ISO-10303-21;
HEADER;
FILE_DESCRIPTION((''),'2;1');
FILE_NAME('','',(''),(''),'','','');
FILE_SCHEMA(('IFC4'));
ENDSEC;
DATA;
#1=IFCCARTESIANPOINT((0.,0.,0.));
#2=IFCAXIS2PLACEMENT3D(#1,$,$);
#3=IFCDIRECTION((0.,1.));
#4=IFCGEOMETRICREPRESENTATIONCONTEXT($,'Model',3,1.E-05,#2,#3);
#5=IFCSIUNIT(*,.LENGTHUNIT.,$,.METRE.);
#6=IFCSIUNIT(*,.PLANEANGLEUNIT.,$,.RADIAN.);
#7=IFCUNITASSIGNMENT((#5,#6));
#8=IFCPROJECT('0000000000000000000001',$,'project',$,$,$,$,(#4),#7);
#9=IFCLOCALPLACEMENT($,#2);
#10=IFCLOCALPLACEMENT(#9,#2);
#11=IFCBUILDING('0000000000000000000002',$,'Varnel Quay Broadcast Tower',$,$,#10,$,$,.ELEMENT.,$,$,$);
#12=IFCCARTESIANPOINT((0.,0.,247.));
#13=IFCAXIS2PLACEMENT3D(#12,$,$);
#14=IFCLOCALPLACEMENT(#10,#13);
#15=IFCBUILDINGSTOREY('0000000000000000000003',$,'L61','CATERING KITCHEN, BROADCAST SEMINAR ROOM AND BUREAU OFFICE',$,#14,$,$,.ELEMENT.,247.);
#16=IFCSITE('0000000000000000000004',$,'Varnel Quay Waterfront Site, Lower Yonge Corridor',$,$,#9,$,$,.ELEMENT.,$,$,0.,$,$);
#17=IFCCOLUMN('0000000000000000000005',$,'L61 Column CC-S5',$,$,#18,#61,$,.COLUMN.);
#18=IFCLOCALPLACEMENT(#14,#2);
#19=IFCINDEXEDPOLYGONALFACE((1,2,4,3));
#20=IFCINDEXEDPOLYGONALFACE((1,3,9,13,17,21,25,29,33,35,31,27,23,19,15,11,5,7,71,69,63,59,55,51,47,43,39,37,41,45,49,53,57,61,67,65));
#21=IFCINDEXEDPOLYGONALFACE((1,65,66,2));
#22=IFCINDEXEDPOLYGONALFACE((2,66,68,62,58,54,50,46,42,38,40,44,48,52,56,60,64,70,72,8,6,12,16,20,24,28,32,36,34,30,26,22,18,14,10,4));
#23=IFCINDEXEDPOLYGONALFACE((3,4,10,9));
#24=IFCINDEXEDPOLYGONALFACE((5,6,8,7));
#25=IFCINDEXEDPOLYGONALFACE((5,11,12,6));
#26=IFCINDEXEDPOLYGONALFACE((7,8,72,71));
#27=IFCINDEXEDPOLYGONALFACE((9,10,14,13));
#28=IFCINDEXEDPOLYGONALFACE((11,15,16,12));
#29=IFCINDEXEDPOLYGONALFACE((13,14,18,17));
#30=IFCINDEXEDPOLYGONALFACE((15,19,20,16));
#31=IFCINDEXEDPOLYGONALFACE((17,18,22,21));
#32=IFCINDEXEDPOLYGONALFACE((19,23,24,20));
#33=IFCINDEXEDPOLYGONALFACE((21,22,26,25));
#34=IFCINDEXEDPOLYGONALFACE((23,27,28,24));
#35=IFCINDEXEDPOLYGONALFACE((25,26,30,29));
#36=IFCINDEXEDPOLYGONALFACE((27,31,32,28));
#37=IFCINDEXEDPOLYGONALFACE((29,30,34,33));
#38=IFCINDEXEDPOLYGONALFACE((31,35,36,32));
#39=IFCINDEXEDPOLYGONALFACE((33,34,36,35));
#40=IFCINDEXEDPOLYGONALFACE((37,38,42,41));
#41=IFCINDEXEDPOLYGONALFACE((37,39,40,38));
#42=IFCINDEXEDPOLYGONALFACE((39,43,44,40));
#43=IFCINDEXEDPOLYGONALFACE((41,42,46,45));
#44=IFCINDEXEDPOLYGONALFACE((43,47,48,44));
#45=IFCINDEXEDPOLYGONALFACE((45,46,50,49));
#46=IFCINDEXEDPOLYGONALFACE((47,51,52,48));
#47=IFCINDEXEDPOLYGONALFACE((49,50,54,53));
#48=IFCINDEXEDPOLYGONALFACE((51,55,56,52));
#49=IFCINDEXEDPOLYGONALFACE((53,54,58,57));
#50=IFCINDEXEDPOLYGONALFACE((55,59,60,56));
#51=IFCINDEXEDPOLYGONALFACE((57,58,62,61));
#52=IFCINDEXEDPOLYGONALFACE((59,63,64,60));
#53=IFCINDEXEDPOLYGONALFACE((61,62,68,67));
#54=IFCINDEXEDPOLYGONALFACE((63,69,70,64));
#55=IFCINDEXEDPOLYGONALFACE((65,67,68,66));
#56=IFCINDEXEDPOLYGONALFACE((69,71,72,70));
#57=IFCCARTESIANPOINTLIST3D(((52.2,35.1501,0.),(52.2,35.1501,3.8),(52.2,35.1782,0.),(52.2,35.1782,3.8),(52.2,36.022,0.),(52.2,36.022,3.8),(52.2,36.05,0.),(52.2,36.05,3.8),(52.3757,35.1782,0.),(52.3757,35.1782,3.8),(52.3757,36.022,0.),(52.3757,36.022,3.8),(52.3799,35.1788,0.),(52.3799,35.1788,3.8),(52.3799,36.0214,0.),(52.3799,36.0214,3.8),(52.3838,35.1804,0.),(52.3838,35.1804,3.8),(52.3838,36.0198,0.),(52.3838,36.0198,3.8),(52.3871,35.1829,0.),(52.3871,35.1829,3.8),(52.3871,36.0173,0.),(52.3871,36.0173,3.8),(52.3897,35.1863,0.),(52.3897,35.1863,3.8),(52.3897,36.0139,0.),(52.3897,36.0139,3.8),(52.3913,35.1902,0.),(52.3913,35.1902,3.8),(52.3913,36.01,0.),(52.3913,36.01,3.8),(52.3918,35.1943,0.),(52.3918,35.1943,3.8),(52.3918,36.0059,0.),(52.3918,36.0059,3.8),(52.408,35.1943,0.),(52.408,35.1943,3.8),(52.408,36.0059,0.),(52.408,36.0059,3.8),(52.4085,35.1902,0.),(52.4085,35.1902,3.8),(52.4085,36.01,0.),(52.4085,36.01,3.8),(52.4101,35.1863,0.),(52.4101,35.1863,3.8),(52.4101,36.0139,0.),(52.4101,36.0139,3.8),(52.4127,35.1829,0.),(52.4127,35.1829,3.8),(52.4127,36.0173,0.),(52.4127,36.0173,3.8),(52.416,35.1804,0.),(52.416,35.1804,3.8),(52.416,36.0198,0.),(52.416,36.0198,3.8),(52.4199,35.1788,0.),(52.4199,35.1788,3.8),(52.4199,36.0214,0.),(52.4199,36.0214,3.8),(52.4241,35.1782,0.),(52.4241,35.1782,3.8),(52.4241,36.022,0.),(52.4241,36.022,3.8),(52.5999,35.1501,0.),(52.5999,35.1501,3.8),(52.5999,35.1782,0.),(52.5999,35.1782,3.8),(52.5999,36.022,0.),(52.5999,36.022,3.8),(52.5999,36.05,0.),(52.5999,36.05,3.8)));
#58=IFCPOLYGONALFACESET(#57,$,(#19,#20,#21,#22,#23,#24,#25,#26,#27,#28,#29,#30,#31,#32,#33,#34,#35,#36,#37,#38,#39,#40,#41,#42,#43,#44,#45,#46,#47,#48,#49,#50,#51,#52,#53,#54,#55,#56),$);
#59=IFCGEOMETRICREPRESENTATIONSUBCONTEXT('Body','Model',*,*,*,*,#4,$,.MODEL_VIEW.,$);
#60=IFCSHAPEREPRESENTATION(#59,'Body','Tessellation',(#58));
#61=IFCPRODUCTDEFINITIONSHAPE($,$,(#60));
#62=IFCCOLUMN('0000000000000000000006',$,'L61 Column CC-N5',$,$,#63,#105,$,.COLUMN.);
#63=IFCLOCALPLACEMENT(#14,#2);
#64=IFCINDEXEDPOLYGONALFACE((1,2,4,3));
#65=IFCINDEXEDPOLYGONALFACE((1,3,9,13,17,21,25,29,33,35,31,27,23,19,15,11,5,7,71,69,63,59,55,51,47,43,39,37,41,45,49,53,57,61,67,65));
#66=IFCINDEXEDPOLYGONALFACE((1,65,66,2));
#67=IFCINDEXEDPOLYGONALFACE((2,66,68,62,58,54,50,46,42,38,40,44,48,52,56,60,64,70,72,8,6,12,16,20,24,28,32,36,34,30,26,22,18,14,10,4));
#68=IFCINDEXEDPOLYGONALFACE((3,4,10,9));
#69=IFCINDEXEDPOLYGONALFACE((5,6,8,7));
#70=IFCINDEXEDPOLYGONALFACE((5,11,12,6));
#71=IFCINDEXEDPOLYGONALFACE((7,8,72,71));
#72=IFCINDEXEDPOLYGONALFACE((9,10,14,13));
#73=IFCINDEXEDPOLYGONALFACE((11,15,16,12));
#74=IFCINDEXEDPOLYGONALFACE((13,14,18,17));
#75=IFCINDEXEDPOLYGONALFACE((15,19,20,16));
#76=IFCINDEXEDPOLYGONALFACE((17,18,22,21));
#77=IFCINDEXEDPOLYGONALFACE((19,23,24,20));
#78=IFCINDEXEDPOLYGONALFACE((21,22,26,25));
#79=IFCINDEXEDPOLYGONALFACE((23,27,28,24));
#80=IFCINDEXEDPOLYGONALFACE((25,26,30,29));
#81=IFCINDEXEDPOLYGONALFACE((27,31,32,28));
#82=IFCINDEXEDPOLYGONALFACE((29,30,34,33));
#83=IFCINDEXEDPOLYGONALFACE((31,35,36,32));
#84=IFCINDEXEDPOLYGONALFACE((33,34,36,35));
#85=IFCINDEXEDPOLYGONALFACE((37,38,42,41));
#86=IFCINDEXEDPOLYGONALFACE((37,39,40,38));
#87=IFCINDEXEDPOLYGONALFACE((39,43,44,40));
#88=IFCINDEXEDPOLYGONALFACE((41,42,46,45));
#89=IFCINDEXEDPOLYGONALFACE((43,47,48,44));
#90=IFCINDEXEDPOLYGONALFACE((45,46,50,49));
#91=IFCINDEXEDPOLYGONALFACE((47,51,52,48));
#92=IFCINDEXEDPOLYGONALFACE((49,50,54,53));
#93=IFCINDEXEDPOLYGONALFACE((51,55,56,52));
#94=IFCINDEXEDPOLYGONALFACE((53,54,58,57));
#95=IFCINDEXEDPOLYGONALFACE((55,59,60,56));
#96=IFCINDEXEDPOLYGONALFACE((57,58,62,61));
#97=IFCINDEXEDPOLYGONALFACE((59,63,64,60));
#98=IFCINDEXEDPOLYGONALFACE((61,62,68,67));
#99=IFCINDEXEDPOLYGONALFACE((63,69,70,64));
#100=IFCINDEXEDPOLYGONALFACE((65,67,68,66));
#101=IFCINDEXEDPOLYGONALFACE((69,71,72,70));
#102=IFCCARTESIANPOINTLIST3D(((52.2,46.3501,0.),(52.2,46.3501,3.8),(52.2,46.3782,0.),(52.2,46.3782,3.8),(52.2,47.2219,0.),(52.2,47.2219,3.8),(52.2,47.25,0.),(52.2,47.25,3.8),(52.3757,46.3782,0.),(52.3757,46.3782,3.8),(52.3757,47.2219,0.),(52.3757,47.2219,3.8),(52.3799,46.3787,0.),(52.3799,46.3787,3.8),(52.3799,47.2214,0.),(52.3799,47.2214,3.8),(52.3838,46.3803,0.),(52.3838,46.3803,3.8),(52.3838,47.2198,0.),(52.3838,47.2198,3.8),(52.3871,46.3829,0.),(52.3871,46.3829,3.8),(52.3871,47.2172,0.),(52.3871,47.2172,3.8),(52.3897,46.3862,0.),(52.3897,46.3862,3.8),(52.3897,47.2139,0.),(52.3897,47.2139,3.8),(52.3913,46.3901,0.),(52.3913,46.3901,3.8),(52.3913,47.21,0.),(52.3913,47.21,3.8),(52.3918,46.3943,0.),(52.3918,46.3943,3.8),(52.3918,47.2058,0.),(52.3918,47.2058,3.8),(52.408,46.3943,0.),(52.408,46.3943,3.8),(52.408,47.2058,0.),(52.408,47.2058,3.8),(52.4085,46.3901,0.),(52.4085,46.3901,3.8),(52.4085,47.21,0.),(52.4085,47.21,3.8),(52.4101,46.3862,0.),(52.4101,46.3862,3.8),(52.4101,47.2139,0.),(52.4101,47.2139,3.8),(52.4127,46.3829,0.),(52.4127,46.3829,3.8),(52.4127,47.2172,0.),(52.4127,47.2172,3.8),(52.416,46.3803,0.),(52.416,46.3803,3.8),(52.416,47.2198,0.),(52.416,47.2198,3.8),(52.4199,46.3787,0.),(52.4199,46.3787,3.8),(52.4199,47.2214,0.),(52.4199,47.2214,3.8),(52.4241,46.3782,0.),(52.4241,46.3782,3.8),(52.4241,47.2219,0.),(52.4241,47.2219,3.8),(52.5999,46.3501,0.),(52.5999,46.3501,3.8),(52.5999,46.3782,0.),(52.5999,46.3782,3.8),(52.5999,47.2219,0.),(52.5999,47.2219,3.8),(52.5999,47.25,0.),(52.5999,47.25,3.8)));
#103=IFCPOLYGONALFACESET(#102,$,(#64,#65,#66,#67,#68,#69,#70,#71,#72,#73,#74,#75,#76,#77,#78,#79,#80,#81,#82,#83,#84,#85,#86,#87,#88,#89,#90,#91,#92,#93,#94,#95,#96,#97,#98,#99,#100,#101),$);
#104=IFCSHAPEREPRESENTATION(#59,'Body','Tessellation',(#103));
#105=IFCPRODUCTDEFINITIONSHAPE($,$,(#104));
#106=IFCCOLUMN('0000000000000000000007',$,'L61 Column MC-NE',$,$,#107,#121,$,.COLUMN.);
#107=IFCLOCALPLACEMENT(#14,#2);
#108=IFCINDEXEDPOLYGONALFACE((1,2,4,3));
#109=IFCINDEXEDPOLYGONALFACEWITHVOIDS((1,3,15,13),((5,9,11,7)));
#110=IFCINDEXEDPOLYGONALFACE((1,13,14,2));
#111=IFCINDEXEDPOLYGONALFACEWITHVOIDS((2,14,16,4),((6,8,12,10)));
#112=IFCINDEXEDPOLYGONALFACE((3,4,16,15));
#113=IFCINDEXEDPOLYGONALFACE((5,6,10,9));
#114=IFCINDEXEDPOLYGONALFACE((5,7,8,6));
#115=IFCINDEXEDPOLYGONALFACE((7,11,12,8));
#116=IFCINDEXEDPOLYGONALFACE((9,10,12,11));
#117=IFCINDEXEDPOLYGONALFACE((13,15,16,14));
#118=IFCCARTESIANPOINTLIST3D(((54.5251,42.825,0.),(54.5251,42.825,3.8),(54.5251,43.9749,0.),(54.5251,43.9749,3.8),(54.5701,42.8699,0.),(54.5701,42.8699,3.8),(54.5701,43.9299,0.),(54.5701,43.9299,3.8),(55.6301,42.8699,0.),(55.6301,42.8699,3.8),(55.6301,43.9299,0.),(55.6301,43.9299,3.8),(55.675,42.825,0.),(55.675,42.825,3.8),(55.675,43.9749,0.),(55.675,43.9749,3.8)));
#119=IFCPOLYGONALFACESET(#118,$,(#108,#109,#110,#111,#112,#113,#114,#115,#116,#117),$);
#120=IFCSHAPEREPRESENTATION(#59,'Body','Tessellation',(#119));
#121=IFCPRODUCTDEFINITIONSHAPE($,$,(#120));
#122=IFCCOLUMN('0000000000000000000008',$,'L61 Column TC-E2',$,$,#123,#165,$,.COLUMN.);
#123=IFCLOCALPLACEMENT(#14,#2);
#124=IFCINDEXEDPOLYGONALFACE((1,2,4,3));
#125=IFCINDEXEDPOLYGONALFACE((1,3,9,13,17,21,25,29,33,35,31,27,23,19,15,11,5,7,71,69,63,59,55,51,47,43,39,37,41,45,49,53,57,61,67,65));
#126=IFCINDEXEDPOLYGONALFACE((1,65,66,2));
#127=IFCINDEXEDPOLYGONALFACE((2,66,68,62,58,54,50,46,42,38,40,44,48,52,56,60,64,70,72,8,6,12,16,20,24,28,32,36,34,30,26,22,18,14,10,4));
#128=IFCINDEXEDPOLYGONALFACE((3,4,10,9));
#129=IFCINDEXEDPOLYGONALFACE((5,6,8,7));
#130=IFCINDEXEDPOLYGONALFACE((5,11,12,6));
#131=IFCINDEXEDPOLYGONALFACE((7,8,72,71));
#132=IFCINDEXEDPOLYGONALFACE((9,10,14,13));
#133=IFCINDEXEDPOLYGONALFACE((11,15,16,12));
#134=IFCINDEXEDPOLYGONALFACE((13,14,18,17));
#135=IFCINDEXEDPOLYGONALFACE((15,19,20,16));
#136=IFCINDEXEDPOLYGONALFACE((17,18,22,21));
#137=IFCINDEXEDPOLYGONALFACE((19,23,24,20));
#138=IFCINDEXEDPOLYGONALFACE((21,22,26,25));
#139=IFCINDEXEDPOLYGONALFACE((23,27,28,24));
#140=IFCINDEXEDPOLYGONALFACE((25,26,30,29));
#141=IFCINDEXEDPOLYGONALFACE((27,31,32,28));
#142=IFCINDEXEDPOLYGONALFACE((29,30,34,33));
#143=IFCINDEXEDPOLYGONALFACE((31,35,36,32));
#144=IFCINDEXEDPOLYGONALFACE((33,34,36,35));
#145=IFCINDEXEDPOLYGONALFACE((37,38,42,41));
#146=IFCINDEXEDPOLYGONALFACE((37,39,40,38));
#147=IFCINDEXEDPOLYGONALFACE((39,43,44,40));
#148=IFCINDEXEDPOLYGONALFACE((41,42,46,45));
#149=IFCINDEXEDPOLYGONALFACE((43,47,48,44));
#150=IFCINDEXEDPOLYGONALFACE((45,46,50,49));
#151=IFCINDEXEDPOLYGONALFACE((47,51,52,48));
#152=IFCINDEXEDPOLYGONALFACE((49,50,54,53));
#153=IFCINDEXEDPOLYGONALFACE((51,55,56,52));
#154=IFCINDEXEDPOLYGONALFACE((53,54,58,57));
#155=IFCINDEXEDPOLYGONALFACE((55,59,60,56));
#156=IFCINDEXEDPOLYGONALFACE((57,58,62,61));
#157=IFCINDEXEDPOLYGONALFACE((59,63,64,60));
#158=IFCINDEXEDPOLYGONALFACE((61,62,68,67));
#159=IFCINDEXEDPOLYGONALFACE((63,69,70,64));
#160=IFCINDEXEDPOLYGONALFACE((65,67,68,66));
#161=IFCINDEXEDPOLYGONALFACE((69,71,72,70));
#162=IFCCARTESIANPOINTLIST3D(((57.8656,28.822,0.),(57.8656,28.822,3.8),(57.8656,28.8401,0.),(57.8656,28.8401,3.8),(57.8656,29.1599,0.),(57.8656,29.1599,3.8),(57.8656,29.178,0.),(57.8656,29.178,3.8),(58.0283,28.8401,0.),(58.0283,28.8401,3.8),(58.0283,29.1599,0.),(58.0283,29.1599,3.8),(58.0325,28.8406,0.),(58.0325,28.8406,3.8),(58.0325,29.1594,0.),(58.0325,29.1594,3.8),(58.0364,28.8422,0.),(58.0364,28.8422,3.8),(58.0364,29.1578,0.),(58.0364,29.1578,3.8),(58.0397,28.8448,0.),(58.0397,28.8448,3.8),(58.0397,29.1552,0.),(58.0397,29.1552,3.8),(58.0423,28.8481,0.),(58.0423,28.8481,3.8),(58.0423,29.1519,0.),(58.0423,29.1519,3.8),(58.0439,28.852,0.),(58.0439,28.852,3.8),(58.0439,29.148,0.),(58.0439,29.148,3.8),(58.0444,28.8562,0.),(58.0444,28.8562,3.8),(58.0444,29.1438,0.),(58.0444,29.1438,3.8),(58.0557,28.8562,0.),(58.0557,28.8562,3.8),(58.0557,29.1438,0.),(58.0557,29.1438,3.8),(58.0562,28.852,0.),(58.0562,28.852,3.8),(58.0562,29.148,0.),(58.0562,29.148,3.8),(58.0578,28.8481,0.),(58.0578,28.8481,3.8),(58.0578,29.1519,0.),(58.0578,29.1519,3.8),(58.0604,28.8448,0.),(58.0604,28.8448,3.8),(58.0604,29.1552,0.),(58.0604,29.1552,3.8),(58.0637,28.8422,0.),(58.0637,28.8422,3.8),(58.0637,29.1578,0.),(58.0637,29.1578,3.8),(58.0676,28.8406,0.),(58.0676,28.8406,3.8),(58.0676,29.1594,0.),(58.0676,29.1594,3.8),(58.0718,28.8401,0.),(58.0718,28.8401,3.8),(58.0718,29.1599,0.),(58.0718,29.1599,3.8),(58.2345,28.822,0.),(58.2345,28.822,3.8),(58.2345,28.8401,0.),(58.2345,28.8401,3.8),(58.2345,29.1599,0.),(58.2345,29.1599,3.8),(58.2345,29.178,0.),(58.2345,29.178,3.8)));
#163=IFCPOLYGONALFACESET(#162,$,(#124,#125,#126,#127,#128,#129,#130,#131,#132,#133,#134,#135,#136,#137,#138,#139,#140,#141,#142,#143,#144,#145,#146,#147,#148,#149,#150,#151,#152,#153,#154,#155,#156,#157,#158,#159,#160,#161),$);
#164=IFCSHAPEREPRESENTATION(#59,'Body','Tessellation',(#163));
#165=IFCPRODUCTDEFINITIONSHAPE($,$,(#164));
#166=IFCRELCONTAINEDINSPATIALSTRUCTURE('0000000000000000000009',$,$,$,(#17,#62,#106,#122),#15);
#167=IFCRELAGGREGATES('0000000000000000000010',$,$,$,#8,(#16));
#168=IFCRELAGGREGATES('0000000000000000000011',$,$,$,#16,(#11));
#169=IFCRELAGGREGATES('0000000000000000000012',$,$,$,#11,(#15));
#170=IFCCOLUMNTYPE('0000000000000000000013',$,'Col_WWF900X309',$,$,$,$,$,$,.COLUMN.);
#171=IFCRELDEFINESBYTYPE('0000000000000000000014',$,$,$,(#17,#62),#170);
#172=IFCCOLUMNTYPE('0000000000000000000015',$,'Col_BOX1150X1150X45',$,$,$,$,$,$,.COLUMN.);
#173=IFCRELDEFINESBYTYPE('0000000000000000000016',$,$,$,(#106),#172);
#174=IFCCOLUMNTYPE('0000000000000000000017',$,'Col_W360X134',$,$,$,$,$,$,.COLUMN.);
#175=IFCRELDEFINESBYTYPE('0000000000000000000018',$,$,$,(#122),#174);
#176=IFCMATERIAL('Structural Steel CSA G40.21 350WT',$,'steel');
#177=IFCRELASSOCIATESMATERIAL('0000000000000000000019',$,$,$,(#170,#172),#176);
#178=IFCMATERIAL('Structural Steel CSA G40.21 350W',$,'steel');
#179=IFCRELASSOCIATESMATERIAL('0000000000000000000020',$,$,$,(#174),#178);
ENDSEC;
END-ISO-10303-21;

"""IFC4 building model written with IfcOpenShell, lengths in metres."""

from ifc_helpers import new_model, si_unit, direction, frame, origin, origin_2d, place, context, subcontext, project, spatial, hollow_rectangle, i_section, extrude, source, transform, mapped, material, material_profile, profile_set, type_object, type_shapes, element, save


model = new_model("IFC4")

# Units and contexts
model_context = context("Model", 3, precision=1e-05, world=origin(), true_north=direction((0.0, 1.0)))
body_context = subcontext(model_context, "Body", "Model", "MODEL_VIEW")
ifc_project = project(units=[si_unit("LENGTHUNIT", "METRE"), si_unit("PLANEANGLEUNIT", "RADIAN")], contexts=[model_context])

# Site, building, storey
site_placement = place(None, origin())
site = spatial("IfcSite", under=ifc_project, at=site_placement, Name="Varnel Quay Waterfront Site, Lower Yonge Corridor", CompositionType="ELEMENT", RefElevation=0.0)
building_placement = place(site_placement, origin())
building = spatial("IfcBuilding", under=site, at=building_placement, Name="Varnel Quay Broadcast Tower", CompositionType="ELEMENT")
storey_placement = place(building_placement, frame((0.0, 0.0, 247.0)))
storey = spatial("IfcBuildingStorey", under=building, at=storey_placement, Name="L61", Description="CATERING KITCHEN, BROADCAST SEMINAR ROOM AND BUREAU OFFICE", CompositionType="ELEMENT", Elevation=247.0)

# Columns
ifc_material_1 = material(Name="Structural Steel CSA G40.21 350WT", Category="steel")
ifc_material_profile_1 = material_profile(ifc_material_1, i_section(OverallWidth=0.3999, OverallDepth=0.8999, WebThickness=0.0161, FlangeThickness=0.0281, FilletRadius=0.0161, at=origin_2d()), Name="WWF900X309")
ifc_profile_set_1 = profile_set([ifc_material_profile_1], Name="Structural Steel CSA G40.21 350WT")
column_type_1 = type_object("IfcColumnType", Name="Col_WWF900X309", PredefinedType="COLUMN", material=ifc_profile_set_1)
shared_shape_1 = source(origin(), body_context, "Body", "SweptSolid", [
    extrude(i_section(OverallWidth=0.3999, OverallDepth=0.8999, WebThickness=0.0161, FlangeThickness=0.0281, FilletRadius=0.0161, at=origin_2d()), origin(), (0.0, 0.0, 1.0), 3.8),
])
type_shapes(column_type_1, [shared_shape_1])
for number, where, z_axis, x_axis, name in (
    (1, (52.3999, 35.6001, 0.0), (0.0, 0.0, 1.0), (1.0, 0.0, 0.0), "L61 Column CC-S5"),
    (2, (52.3999, 46.8, 0.0), (0.0, 0.0, 1.0), (1.0, 0.0, 0.0), "L61 Column CC-N5"),
):
    element("IfcColumn", number, at=place(storey_placement, frame(where, z_axis=z_axis, x_axis=x_axis)), inside=storey, type_object=column_type_1, Name=name, PredefinedType="COLUMN", context=body_context, shape_type="MappedRepresentation", body=[
        mapped(shared_shape_1, transform((0.0, 0.0, 0.0), x_axis=(1.0, 0.0, 0.0), y_axis=(0.0, 1.0, 0.0), z_axis=(0.0, 0.0, 1.0), scale=1.0)),
    ])
ifc_material_profile_2 = material_profile(ifc_material_1, hollow_rectangle(XDim=1.1499, YDim=1.1499, WallThickness=0.0449, at=origin_2d()), Name="BOX1150X1150X45")
ifc_profile_set_2 = profile_set([ifc_material_profile_2], Name="Structural Steel CSA G40.21 350WT")
column_type_2 = type_object("IfcColumnType", Name="Col_BOX1150X1150X45", PredefinedType="COLUMN", material=ifc_profile_set_2)
shared_shape_2 = source(origin(), body_context, "Body", "SweptSolid", [
    extrude(hollow_rectangle(XDim=1.1499, YDim=1.1499, WallThickness=0.0449, at=origin_2d()), origin(), (0.0, 0.0, 1.0), 3.8),
])
type_shapes(column_type_2, [shared_shape_2])
column_placement = place(storey_placement, frame((55.1001, 43.3999, 0.0), z_axis=(0.0, 0.0, 1.0), x_axis=(1.0, 0.0, 0.0)))
element("IfcColumn", 3, at=column_placement, inside=storey, type_object=column_type_2, Name="L61 Column MC-NE", PredefinedType="COLUMN", context=body_context, shape_type="MappedRepresentation", body=[
    mapped(shared_shape_2, transform((0.0, 0.0, 0.0), x_axis=(1.0, 0.0, 0.0), y_axis=(0.0, 1.0, 0.0), z_axis=(0.0, 0.0, 1.0), scale=1.0)),
])
ifc_material_2 = material(Name="Structural Steel CSA G40.21 350W", Category="steel")
ifc_material_profile_3 = material_profile(ifc_material_2, i_section(OverallWidth=0.3689, OverallDepth=0.356, WebThickness=0.0112, FlangeThickness=0.0181, FilletRadius=0.0161, at=origin_2d()), Name="W360X134")
ifc_profile_set_3 = profile_set([ifc_material_profile_3], Name="Structural Steel CSA G40.21 350W")
column_type_3 = type_object("IfcColumnType", Name="Col_W360X134", PredefinedType="COLUMN", material=ifc_profile_set_3)
shared_shape_3 = source(origin(), body_context, "Body", "SweptSolid", [
    extrude(i_section(OverallWidth=0.3689, OverallDepth=0.356, WebThickness=0.0112, FlangeThickness=0.0181, FilletRadius=0.0161, at=origin_2d()), origin(), (0.0, 0.0, 1.0), 3.8),
])
type_shapes(column_type_3, [shared_shape_3])
for number, where, z_axis, x_axis, name in (
    (4, (58.05, 29.0, 0.0), (0.0, 0.0, 1.0), (1.0, 0.0, 0.0), "L61 Column TC-E2"),
):
    element("IfcColumn", number, at=place(storey_placement, frame(where, z_axis=z_axis, x_axis=x_axis)), inside=storey, type_object=column_type_3, Name=name, PredefinedType="COLUMN", context=body_context, shape_type="MappedRepresentation", body=[
        mapped(shared_shape_3, transform((0.0, 0.0, 0.0), x_axis=(1.0, 0.0, 0.0), y_axis=(0.0, 1.0, 0.0), z_axis=(0.0, 0.0, 1.0), scale=1.0)),
    ])

save(model, "model.ifc")
